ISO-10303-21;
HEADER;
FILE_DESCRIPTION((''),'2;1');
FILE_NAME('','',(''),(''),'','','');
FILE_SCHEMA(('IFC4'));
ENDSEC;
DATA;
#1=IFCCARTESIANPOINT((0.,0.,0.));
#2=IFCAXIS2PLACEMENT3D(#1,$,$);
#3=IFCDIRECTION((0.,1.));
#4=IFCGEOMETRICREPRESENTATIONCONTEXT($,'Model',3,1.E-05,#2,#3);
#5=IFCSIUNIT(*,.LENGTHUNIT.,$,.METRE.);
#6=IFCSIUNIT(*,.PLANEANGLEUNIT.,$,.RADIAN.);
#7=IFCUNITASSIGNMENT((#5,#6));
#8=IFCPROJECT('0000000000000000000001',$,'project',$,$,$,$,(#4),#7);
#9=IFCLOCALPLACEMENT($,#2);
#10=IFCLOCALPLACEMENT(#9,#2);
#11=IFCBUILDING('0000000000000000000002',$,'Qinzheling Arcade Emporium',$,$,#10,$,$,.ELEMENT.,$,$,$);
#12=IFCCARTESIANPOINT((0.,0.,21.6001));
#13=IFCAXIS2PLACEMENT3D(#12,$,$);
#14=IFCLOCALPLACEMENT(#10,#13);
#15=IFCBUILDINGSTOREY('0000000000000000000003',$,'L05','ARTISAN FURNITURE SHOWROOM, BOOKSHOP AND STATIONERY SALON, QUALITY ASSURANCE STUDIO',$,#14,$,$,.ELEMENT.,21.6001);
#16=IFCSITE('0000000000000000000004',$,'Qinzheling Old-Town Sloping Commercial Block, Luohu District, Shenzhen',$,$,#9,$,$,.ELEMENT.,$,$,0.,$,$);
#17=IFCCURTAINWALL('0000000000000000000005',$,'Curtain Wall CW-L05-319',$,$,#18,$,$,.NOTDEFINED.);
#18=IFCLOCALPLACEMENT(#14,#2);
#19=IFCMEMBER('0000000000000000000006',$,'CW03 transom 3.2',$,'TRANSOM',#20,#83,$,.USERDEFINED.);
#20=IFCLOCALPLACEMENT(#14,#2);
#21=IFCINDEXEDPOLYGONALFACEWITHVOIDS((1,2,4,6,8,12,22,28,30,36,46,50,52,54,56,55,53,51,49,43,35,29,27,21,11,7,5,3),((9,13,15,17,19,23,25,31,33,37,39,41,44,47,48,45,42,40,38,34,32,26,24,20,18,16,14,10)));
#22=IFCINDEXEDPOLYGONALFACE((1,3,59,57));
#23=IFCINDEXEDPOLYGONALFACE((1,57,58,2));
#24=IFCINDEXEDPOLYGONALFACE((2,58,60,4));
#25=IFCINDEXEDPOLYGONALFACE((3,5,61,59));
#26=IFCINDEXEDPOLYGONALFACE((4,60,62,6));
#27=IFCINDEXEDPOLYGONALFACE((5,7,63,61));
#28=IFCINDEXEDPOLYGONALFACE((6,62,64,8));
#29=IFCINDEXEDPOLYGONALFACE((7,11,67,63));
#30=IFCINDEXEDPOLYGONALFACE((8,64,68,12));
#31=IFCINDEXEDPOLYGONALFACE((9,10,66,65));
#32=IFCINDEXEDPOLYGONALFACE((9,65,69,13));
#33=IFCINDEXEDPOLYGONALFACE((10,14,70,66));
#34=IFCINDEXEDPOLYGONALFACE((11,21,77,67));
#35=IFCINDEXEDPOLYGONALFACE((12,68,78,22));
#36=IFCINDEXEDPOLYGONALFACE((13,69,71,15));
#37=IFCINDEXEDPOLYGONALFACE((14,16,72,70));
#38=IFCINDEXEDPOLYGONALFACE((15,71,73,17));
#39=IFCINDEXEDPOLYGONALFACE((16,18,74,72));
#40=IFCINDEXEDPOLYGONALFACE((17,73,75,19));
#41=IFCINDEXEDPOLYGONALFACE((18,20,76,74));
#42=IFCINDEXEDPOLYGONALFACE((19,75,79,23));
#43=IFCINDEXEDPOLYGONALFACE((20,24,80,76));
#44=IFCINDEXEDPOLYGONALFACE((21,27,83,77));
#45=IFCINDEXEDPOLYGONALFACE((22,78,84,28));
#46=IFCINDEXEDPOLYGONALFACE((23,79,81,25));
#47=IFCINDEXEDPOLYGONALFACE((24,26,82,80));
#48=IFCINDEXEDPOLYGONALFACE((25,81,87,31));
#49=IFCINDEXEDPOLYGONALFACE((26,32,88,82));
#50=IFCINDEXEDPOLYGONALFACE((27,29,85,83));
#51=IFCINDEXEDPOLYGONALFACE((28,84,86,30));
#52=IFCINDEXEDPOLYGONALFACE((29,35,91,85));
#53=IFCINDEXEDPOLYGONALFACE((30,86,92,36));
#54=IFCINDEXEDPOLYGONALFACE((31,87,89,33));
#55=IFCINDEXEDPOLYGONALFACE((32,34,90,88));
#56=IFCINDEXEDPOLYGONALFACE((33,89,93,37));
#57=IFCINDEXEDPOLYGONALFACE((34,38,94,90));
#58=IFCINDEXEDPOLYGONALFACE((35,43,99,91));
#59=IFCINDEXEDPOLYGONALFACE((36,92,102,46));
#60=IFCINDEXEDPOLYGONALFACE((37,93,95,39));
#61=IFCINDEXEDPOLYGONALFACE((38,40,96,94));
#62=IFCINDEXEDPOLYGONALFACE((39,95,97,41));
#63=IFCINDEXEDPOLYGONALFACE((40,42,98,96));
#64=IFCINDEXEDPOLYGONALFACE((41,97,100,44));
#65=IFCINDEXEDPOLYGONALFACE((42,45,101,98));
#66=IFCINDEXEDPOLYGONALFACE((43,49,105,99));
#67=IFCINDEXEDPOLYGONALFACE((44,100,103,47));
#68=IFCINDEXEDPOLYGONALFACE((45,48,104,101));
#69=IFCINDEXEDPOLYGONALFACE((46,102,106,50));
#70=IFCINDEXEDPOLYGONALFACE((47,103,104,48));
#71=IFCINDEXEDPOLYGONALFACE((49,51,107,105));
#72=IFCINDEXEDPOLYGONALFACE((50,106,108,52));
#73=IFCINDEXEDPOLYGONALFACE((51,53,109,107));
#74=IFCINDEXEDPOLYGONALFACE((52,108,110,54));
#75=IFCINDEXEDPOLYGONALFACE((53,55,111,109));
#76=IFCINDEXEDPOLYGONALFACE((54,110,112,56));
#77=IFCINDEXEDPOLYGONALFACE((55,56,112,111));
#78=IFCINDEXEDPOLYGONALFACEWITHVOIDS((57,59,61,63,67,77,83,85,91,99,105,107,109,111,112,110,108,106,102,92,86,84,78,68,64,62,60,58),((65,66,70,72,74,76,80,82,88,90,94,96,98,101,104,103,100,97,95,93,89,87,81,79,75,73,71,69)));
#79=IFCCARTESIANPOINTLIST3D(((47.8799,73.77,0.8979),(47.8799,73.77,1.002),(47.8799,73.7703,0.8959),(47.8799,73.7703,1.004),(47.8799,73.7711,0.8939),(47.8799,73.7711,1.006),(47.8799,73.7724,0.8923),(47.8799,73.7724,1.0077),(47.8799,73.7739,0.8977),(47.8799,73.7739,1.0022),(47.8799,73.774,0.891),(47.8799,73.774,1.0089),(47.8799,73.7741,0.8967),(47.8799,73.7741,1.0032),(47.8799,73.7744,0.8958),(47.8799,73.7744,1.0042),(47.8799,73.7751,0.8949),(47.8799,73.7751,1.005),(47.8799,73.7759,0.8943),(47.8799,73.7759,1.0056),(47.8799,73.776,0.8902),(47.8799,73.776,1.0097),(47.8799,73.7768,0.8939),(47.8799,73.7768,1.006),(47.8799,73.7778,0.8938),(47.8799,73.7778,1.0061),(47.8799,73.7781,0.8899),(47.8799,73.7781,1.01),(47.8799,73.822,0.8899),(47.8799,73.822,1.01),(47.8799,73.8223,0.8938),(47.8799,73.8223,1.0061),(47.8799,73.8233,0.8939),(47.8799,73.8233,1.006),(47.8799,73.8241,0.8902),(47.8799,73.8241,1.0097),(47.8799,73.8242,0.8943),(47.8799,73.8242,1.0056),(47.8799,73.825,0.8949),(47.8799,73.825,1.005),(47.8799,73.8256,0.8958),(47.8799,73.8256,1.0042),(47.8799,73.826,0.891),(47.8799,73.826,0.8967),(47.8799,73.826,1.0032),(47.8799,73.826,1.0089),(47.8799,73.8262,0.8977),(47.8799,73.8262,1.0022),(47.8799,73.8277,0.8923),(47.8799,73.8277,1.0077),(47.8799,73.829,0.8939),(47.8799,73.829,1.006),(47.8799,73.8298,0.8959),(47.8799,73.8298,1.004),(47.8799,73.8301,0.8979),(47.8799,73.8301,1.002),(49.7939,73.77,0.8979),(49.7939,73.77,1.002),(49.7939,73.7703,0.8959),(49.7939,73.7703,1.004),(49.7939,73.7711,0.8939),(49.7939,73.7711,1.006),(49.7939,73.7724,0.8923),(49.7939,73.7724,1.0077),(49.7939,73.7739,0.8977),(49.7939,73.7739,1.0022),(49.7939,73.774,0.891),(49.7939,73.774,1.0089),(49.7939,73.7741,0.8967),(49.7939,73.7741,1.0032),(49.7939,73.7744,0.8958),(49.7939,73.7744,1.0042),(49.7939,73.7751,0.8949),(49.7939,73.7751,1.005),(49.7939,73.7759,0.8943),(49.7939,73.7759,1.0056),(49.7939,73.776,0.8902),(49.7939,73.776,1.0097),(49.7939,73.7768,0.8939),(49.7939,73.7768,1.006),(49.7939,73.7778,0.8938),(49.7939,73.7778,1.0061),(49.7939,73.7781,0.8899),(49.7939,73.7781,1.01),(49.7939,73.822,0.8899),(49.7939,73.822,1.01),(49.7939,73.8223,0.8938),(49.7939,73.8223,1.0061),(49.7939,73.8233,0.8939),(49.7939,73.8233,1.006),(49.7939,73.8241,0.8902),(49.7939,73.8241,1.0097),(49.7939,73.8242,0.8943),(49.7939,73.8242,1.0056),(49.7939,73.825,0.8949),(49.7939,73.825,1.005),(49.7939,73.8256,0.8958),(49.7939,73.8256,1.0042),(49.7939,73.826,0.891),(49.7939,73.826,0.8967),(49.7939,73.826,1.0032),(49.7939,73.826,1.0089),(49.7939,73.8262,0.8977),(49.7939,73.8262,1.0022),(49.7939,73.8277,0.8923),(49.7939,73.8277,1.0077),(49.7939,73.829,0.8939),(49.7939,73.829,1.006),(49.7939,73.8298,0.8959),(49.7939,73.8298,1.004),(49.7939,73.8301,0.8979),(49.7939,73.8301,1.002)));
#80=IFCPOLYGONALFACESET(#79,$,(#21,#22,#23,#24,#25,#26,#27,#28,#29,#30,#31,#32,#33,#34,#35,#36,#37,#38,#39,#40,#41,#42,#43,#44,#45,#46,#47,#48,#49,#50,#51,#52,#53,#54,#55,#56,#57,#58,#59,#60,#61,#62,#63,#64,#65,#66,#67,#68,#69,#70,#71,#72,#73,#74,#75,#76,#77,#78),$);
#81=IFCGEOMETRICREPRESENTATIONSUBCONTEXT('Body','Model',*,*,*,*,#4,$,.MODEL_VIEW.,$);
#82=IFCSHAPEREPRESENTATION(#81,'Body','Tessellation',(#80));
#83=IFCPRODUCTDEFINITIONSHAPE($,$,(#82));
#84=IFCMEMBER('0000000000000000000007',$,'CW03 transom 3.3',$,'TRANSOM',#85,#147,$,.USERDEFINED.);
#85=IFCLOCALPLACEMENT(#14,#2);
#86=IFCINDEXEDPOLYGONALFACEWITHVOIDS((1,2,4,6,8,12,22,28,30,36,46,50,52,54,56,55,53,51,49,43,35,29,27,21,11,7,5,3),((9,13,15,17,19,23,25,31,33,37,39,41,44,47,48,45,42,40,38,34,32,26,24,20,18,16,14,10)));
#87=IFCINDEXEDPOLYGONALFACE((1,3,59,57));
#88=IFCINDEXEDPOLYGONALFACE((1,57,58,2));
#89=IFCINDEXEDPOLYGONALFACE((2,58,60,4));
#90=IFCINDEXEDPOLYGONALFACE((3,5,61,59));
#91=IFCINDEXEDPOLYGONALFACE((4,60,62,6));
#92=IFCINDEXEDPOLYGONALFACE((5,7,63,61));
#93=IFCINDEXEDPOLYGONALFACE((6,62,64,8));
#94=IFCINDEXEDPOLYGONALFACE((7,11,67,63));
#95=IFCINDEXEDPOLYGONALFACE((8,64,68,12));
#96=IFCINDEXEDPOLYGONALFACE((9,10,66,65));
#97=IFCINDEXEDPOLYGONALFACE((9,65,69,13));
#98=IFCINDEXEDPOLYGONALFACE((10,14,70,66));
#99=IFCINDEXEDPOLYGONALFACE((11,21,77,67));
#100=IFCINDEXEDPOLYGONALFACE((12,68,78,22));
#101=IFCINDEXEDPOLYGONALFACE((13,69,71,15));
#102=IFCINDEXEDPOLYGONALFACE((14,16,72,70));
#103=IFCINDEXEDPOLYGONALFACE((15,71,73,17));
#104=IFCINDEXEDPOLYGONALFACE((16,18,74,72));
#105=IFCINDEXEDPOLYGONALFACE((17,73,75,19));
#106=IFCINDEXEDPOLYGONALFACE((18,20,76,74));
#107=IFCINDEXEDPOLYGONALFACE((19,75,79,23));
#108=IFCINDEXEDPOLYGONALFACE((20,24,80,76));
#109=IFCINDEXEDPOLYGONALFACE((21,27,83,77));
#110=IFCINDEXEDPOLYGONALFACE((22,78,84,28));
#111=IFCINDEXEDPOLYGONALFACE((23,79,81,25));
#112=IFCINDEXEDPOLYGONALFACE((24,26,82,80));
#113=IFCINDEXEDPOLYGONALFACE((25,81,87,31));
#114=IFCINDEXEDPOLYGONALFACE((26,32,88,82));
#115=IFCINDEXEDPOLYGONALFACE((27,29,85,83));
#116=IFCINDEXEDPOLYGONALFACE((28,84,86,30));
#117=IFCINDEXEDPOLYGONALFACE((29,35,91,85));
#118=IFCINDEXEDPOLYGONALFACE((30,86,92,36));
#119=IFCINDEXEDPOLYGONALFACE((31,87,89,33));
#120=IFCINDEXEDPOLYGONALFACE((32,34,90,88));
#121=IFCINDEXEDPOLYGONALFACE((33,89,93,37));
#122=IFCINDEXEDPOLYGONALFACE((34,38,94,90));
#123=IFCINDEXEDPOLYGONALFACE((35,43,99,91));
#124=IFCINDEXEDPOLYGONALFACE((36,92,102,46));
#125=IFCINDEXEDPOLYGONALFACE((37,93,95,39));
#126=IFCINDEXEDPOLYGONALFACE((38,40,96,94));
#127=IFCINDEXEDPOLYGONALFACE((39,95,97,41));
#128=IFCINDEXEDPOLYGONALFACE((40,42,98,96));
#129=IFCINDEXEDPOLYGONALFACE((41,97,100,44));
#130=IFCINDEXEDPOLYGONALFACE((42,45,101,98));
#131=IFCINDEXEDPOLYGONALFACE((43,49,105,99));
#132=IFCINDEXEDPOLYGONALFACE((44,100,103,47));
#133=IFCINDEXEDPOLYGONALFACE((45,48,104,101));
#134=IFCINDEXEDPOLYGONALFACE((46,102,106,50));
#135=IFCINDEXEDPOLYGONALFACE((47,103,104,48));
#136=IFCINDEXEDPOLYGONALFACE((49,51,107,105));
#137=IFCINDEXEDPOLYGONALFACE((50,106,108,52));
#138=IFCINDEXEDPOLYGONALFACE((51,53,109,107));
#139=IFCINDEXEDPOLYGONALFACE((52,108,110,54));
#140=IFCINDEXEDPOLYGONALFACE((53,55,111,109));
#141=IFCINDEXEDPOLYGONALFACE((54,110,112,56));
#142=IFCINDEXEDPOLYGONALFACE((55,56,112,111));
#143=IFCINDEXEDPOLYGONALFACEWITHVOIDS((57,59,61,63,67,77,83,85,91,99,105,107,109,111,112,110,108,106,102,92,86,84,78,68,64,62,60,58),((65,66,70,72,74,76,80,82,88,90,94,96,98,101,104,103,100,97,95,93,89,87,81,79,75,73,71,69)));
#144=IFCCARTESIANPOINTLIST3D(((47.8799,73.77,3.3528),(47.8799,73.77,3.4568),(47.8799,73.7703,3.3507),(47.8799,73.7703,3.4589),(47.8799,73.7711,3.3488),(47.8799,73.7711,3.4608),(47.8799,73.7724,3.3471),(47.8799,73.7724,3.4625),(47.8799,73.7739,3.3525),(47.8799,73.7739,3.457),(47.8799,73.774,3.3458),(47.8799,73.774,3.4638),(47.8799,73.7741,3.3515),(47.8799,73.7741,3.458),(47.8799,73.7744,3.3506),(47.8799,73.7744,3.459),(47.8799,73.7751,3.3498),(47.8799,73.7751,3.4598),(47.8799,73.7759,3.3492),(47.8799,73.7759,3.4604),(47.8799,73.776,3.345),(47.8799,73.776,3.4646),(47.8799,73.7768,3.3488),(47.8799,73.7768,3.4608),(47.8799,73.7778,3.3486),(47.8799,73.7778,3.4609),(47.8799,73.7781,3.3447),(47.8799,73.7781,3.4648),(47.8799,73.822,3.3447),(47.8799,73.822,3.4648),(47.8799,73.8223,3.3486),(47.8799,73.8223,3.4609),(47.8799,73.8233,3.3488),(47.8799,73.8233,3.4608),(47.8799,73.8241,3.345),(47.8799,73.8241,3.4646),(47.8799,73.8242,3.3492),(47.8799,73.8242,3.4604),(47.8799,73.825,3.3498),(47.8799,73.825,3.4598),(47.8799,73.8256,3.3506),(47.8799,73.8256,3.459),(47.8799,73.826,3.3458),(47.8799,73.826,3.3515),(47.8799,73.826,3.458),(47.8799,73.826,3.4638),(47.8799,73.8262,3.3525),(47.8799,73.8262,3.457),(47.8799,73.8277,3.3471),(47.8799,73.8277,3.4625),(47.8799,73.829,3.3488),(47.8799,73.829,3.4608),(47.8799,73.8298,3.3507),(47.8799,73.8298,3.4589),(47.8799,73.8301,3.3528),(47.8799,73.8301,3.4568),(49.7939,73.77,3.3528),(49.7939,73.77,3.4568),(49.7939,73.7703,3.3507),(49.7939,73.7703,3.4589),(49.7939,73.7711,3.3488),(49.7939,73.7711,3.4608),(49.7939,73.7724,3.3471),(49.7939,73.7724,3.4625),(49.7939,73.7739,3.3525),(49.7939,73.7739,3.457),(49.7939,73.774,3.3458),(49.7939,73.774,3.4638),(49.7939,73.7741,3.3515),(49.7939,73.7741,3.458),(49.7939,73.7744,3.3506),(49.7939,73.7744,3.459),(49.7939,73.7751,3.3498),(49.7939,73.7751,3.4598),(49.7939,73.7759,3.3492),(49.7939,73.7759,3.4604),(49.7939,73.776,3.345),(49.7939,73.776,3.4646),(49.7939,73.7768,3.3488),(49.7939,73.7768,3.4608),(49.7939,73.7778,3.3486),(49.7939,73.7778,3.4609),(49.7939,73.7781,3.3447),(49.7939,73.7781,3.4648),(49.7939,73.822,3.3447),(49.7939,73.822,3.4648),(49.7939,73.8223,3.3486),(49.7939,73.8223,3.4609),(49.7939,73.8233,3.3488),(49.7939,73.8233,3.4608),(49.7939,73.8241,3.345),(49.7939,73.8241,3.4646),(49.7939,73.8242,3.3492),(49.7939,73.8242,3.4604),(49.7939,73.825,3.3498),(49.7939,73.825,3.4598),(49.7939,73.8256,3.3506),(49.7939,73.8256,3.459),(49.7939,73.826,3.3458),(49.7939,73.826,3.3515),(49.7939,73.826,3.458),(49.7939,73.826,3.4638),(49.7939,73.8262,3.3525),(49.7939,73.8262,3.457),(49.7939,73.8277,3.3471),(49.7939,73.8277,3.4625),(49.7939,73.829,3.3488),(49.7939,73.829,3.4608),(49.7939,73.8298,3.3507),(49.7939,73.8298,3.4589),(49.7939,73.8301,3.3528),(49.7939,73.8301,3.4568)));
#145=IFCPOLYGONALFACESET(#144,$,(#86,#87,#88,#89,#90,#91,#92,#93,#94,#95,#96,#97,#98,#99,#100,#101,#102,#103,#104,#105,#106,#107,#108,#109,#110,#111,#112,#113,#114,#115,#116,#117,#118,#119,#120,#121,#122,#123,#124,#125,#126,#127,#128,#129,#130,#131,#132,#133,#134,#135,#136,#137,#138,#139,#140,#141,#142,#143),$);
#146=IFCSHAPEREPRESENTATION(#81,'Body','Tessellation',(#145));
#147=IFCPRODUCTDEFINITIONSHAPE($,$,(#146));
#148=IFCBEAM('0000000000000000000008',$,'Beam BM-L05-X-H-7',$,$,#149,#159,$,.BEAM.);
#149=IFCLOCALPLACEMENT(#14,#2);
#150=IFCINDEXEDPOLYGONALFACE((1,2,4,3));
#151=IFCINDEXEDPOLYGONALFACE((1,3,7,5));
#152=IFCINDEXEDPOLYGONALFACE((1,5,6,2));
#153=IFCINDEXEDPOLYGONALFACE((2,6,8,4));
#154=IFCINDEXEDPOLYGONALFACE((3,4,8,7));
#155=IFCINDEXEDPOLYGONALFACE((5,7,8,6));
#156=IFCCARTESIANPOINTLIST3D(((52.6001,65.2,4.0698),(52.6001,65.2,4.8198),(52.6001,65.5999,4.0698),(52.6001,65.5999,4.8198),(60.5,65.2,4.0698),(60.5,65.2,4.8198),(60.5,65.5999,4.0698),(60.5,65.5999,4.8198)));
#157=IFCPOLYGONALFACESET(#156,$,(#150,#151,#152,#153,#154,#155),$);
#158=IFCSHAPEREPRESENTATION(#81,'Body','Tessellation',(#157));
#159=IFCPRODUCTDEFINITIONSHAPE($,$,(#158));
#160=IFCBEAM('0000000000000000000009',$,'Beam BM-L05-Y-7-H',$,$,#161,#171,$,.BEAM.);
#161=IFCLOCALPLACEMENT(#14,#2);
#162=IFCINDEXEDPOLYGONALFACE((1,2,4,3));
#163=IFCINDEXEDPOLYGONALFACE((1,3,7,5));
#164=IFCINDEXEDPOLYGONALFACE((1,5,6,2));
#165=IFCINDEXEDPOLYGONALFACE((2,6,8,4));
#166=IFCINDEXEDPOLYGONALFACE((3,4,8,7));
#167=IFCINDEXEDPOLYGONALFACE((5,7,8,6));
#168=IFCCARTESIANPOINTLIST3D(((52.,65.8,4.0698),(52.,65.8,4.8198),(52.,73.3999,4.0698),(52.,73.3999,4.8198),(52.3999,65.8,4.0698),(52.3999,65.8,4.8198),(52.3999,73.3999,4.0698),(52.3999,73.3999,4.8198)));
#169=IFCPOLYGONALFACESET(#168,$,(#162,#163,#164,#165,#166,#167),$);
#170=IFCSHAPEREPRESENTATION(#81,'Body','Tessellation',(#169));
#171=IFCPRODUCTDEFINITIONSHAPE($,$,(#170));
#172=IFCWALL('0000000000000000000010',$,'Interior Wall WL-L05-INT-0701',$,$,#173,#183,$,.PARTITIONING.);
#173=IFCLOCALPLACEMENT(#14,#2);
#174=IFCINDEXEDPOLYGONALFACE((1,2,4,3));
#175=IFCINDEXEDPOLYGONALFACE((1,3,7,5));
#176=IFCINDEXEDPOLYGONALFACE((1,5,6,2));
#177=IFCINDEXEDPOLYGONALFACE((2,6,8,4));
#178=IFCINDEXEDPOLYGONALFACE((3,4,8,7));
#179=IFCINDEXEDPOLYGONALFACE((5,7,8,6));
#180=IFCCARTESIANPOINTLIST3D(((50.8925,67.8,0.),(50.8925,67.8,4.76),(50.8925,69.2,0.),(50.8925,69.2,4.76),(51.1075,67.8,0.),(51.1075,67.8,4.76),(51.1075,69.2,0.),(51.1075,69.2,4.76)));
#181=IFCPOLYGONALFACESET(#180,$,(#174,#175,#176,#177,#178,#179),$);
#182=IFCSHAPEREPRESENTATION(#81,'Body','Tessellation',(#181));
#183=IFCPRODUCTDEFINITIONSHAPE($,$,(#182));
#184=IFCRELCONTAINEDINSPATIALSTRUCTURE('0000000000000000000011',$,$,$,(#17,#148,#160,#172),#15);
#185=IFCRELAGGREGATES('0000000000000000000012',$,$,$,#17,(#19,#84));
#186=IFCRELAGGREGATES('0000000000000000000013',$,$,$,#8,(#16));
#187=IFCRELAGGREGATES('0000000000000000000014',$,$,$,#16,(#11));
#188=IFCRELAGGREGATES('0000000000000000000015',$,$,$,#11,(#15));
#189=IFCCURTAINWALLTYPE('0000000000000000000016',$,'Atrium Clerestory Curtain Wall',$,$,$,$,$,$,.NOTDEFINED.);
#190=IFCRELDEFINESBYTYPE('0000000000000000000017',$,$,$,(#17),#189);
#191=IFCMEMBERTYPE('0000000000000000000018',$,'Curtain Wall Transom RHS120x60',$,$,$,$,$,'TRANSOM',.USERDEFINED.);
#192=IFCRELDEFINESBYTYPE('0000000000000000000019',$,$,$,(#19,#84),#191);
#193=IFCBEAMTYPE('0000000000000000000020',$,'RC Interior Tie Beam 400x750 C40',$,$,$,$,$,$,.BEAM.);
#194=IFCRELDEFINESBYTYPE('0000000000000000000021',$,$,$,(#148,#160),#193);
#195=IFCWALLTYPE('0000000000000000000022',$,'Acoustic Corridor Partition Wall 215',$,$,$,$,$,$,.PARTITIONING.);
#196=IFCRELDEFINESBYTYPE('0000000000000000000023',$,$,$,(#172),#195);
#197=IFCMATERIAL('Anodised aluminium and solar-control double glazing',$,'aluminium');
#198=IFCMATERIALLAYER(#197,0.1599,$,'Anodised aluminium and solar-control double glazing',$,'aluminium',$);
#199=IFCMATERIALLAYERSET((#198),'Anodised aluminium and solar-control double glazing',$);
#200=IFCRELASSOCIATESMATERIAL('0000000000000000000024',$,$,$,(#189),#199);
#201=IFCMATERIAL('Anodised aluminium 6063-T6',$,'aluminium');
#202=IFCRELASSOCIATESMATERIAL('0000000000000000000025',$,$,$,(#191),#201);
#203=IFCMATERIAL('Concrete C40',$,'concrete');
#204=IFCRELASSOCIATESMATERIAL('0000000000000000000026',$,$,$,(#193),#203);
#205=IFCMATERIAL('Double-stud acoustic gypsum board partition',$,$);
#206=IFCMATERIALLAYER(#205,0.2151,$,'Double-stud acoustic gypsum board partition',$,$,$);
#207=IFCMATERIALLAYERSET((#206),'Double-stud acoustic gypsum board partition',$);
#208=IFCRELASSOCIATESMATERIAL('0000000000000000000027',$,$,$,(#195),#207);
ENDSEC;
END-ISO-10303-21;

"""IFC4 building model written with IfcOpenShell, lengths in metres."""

from ifc_helpers import new_model, si_unit, direction, frame, frame_2d, origin, origin_2d, place, context, subcontext, project, spatial, rectangle, hollow_rectangle, extrude, material, layer, layer_set, material_profile, profile_set, type_object, element, aggregate, save


model = new_model("IFC4")

# Units and contexts
model_context = context("Model", 3, precision=1e-05, world=origin(), true_north=direction((0.0, 1.0)))
body_context = subcontext(model_context, "Body", "Model", "MODEL_VIEW")
ifc_project = project(units=[si_unit("LENGTHUNIT", "METRE"), si_unit("PLANEANGLEUNIT", "RADIAN")], contexts=[model_context])

# Site, building, storey
site_placement = place(None, origin())
site = spatial("IfcSite", under=ifc_project, at=site_placement, Name="Qinzheling Old-Town Sloping Commercial Block, Luohu District, Shenzhen", CompositionType="ELEMENT", RefElevation=0.0)
building_placement = place(site_placement, origin())
building = spatial("IfcBuilding", under=site, at=building_placement, Name="Qinzheling Arcade Emporium", CompositionType="ELEMENT")
storey_placement = place(building_placement, frame((0.0, 0.0, 21.6001)))
storey = spatial("IfcBuildingStorey", under=building, at=storey_placement, Name="L05", Description="ARTISAN FURNITURE SHOWROOM, BOOKSHOP AND STATIONERY SALON, QUALITY ASSURANCE STUDIO", CompositionType="ELEMENT", Elevation=21.6001)

# Shared definitions
ifc_material_1 = material(Name="Concrete C40", Category="concrete")

# Curtain wall, members
ifc_material_2 = material(Name="Anodised aluminium and solar-control double glazing", Category="aluminium")
ifc_layer_1 = layer(ifc_material_2, 0.1599, Name="Anodised aluminium and solar-control double glazing", Category="aluminium")
ifc_layer_set_1 = layer_set([ifc_layer_1], Name="Anodised aluminium and solar-control double glazing")
curtain_wall_type = type_object("IfcCurtainWallType", Name="Atrium Clerestory Curtain Wall", PredefinedType="NOTDEFINED", material=ifc_layer_set_1)
curtain_wall_placement = place(storey_placement, origin())
curtain_wall = element("IfcCurtainWall", 1, at=curtain_wall_placement, inside=storey, type_object=curtain_wall_type, Name="Curtain Wall CW-L05-319", PredefinedType="NOTDEFINED")
ifc_material_3 = material(Name="Anodised aluminium 6063-T6", Category="aluminium")
ifc_material_profile_1 = material_profile(ifc_material_3, hollow_rectangle(XDim=0.0601, YDim=0.1201, WallThickness=0.0039, InnerFilletRadius=0.0039, OuterFilletRadius=0.0081, at=origin_2d()), Name="RHS 120x60x4", Category="aluminium")
ifc_profile_set_1 = profile_set([ifc_material_profile_1], Name="Anodised aluminium 6063-T6")
member_type_1 = type_object("IfcMemberType", Name="Curtain Wall Transom RHS120x60", ElementType="TRANSOM", PredefinedType="USERDEFINED", material=ifc_profile_set_1)
member_1_placement = place(storey_placement, frame((47.8799, 73.8, 0.95), z_axis=(1.0, 0.0, 0.0), x_axis=(0.0, 1.0, 0.0)))
member_1 = element("IfcMember", 2, at=member_1_placement, type_object=member_type_1, Name="CW03 transom 3.2", ObjectType="TRANSOM", PredefinedType="USERDEFINED", context=body_context, shape_type="SweptSolid", body=[
    extrude(hollow_rectangle(XDim=0.0601, YDim=0.1201, WallThickness=0.0039, InnerFilletRadius=0.0039, OuterFilletRadius=0.0081, at=origin_2d()), origin(), (0.0, 0.0, 1.0), 1.9141),
])
member_2_placement = place(storey_placement, frame((47.8799, 73.8, 3.4048), z_axis=(1.0, 0.0, 0.0), x_axis=(0.0, 1.0, 0.0)))
member_2 = element("IfcMember", 3, at=member_2_placement, type_object=member_type_1, Name="CW03 transom 3.3", ObjectType="TRANSOM", PredefinedType="USERDEFINED", context=body_context, shape_type="SweptSolid", body=[
    extrude(hollow_rectangle(XDim=0.0601, YDim=0.1201, WallThickness=0.0039, InnerFilletRadius=0.0039, OuterFilletRadius=0.0081, at=origin_2d()), origin(), (0.0, 0.0, 1.0), 1.9141),
])
aggregate(curtain_wall, [member_1, member_2])

# Beams
ifc_material_profile_2 = material_profile(ifc_material_1, rectangle(XDim=0.3999, YDim=0.75, at=origin_2d()), Name="RC 400x750", Category="concrete")
ifc_profile_set_2 = profile_set([ifc_material_profile_2], Name="Concrete C40")
beam_type = type_object("IfcBeamType", Name="RC Interior Tie Beam 400x750 C40", PredefinedType="BEAM", material=ifc_profile_set_2)
beam_1_placement = place(storey_placement, frame((52.6001, 65.3999, 4.4448), z_axis=(1.0, 0.0, 0.0), x_axis=(0.0, 1.0, 0.0)))
element("IfcBeam", 4, at=beam_1_placement, inside=storey, type_object=beam_type, Name="Beam BM-L05-X-H-7", PredefinedType="BEAM", context=body_context, shape_type="SweptSolid", body=[
    extrude(rectangle(XDim=0.3999, YDim=0.75, at=origin_2d()), origin(), (0.0, 0.0, 1.0), 7.8999),
])
beam_2_placement = place(storey_placement, frame((52.2, 65.8, 4.4448), z_axis=(0.0, 1.0, 0.0), x_axis=(-1.0, 0.0, 0.0)))
element("IfcBeam", 5, at=beam_2_placement, inside=storey, type_object=beam_type, Name="Beam BM-L05-Y-7-H", PredefinedType="BEAM", context=body_context, shape_type="SweptSolid", body=[
    extrude(rectangle(XDim=0.3999, YDim=0.75, at=origin_2d()), origin(), (0.0, 0.0, 1.0), 7.5999),
])

# Wall
ifc_material_4 = material(Name="Double-stud acoustic gypsum board partition")
ifc_layer_2 = layer(ifc_material_4, 0.2151, Name="Double-stud acoustic gypsum board partition")
ifc_layer_set_2 = layer_set([ifc_layer_2], Name="Double-stud acoustic gypsum board partition")
wall_type_1 = type_object("IfcWallType", Name="Acoustic Corridor Partition Wall 215", PredefinedType="PARTITIONING", material=ifc_layer_set_2)
wall_1_placement = place(storey_placement, frame((51.0, 69.2, 0.0), z_axis=(0.0, 0.0, 1.0), x_axis=(0.0, -1.0, 0.0)))
element("IfcWall", 6, at=wall_1_placement, inside=storey, type_object=wall_type_1, Name="Interior Wall WL-L05-INT-0701", PredefinedType="PARTITIONING", context=body_context, shape_type="SweptSolid", body=[
    extrude(rectangle(XDim=1.3999, YDim=0.2151, at=frame_2d((0.7, 0.0))), origin(), (0.0, 0.0, 1.0), 4.76),
])

save(model, "model.ifc")
